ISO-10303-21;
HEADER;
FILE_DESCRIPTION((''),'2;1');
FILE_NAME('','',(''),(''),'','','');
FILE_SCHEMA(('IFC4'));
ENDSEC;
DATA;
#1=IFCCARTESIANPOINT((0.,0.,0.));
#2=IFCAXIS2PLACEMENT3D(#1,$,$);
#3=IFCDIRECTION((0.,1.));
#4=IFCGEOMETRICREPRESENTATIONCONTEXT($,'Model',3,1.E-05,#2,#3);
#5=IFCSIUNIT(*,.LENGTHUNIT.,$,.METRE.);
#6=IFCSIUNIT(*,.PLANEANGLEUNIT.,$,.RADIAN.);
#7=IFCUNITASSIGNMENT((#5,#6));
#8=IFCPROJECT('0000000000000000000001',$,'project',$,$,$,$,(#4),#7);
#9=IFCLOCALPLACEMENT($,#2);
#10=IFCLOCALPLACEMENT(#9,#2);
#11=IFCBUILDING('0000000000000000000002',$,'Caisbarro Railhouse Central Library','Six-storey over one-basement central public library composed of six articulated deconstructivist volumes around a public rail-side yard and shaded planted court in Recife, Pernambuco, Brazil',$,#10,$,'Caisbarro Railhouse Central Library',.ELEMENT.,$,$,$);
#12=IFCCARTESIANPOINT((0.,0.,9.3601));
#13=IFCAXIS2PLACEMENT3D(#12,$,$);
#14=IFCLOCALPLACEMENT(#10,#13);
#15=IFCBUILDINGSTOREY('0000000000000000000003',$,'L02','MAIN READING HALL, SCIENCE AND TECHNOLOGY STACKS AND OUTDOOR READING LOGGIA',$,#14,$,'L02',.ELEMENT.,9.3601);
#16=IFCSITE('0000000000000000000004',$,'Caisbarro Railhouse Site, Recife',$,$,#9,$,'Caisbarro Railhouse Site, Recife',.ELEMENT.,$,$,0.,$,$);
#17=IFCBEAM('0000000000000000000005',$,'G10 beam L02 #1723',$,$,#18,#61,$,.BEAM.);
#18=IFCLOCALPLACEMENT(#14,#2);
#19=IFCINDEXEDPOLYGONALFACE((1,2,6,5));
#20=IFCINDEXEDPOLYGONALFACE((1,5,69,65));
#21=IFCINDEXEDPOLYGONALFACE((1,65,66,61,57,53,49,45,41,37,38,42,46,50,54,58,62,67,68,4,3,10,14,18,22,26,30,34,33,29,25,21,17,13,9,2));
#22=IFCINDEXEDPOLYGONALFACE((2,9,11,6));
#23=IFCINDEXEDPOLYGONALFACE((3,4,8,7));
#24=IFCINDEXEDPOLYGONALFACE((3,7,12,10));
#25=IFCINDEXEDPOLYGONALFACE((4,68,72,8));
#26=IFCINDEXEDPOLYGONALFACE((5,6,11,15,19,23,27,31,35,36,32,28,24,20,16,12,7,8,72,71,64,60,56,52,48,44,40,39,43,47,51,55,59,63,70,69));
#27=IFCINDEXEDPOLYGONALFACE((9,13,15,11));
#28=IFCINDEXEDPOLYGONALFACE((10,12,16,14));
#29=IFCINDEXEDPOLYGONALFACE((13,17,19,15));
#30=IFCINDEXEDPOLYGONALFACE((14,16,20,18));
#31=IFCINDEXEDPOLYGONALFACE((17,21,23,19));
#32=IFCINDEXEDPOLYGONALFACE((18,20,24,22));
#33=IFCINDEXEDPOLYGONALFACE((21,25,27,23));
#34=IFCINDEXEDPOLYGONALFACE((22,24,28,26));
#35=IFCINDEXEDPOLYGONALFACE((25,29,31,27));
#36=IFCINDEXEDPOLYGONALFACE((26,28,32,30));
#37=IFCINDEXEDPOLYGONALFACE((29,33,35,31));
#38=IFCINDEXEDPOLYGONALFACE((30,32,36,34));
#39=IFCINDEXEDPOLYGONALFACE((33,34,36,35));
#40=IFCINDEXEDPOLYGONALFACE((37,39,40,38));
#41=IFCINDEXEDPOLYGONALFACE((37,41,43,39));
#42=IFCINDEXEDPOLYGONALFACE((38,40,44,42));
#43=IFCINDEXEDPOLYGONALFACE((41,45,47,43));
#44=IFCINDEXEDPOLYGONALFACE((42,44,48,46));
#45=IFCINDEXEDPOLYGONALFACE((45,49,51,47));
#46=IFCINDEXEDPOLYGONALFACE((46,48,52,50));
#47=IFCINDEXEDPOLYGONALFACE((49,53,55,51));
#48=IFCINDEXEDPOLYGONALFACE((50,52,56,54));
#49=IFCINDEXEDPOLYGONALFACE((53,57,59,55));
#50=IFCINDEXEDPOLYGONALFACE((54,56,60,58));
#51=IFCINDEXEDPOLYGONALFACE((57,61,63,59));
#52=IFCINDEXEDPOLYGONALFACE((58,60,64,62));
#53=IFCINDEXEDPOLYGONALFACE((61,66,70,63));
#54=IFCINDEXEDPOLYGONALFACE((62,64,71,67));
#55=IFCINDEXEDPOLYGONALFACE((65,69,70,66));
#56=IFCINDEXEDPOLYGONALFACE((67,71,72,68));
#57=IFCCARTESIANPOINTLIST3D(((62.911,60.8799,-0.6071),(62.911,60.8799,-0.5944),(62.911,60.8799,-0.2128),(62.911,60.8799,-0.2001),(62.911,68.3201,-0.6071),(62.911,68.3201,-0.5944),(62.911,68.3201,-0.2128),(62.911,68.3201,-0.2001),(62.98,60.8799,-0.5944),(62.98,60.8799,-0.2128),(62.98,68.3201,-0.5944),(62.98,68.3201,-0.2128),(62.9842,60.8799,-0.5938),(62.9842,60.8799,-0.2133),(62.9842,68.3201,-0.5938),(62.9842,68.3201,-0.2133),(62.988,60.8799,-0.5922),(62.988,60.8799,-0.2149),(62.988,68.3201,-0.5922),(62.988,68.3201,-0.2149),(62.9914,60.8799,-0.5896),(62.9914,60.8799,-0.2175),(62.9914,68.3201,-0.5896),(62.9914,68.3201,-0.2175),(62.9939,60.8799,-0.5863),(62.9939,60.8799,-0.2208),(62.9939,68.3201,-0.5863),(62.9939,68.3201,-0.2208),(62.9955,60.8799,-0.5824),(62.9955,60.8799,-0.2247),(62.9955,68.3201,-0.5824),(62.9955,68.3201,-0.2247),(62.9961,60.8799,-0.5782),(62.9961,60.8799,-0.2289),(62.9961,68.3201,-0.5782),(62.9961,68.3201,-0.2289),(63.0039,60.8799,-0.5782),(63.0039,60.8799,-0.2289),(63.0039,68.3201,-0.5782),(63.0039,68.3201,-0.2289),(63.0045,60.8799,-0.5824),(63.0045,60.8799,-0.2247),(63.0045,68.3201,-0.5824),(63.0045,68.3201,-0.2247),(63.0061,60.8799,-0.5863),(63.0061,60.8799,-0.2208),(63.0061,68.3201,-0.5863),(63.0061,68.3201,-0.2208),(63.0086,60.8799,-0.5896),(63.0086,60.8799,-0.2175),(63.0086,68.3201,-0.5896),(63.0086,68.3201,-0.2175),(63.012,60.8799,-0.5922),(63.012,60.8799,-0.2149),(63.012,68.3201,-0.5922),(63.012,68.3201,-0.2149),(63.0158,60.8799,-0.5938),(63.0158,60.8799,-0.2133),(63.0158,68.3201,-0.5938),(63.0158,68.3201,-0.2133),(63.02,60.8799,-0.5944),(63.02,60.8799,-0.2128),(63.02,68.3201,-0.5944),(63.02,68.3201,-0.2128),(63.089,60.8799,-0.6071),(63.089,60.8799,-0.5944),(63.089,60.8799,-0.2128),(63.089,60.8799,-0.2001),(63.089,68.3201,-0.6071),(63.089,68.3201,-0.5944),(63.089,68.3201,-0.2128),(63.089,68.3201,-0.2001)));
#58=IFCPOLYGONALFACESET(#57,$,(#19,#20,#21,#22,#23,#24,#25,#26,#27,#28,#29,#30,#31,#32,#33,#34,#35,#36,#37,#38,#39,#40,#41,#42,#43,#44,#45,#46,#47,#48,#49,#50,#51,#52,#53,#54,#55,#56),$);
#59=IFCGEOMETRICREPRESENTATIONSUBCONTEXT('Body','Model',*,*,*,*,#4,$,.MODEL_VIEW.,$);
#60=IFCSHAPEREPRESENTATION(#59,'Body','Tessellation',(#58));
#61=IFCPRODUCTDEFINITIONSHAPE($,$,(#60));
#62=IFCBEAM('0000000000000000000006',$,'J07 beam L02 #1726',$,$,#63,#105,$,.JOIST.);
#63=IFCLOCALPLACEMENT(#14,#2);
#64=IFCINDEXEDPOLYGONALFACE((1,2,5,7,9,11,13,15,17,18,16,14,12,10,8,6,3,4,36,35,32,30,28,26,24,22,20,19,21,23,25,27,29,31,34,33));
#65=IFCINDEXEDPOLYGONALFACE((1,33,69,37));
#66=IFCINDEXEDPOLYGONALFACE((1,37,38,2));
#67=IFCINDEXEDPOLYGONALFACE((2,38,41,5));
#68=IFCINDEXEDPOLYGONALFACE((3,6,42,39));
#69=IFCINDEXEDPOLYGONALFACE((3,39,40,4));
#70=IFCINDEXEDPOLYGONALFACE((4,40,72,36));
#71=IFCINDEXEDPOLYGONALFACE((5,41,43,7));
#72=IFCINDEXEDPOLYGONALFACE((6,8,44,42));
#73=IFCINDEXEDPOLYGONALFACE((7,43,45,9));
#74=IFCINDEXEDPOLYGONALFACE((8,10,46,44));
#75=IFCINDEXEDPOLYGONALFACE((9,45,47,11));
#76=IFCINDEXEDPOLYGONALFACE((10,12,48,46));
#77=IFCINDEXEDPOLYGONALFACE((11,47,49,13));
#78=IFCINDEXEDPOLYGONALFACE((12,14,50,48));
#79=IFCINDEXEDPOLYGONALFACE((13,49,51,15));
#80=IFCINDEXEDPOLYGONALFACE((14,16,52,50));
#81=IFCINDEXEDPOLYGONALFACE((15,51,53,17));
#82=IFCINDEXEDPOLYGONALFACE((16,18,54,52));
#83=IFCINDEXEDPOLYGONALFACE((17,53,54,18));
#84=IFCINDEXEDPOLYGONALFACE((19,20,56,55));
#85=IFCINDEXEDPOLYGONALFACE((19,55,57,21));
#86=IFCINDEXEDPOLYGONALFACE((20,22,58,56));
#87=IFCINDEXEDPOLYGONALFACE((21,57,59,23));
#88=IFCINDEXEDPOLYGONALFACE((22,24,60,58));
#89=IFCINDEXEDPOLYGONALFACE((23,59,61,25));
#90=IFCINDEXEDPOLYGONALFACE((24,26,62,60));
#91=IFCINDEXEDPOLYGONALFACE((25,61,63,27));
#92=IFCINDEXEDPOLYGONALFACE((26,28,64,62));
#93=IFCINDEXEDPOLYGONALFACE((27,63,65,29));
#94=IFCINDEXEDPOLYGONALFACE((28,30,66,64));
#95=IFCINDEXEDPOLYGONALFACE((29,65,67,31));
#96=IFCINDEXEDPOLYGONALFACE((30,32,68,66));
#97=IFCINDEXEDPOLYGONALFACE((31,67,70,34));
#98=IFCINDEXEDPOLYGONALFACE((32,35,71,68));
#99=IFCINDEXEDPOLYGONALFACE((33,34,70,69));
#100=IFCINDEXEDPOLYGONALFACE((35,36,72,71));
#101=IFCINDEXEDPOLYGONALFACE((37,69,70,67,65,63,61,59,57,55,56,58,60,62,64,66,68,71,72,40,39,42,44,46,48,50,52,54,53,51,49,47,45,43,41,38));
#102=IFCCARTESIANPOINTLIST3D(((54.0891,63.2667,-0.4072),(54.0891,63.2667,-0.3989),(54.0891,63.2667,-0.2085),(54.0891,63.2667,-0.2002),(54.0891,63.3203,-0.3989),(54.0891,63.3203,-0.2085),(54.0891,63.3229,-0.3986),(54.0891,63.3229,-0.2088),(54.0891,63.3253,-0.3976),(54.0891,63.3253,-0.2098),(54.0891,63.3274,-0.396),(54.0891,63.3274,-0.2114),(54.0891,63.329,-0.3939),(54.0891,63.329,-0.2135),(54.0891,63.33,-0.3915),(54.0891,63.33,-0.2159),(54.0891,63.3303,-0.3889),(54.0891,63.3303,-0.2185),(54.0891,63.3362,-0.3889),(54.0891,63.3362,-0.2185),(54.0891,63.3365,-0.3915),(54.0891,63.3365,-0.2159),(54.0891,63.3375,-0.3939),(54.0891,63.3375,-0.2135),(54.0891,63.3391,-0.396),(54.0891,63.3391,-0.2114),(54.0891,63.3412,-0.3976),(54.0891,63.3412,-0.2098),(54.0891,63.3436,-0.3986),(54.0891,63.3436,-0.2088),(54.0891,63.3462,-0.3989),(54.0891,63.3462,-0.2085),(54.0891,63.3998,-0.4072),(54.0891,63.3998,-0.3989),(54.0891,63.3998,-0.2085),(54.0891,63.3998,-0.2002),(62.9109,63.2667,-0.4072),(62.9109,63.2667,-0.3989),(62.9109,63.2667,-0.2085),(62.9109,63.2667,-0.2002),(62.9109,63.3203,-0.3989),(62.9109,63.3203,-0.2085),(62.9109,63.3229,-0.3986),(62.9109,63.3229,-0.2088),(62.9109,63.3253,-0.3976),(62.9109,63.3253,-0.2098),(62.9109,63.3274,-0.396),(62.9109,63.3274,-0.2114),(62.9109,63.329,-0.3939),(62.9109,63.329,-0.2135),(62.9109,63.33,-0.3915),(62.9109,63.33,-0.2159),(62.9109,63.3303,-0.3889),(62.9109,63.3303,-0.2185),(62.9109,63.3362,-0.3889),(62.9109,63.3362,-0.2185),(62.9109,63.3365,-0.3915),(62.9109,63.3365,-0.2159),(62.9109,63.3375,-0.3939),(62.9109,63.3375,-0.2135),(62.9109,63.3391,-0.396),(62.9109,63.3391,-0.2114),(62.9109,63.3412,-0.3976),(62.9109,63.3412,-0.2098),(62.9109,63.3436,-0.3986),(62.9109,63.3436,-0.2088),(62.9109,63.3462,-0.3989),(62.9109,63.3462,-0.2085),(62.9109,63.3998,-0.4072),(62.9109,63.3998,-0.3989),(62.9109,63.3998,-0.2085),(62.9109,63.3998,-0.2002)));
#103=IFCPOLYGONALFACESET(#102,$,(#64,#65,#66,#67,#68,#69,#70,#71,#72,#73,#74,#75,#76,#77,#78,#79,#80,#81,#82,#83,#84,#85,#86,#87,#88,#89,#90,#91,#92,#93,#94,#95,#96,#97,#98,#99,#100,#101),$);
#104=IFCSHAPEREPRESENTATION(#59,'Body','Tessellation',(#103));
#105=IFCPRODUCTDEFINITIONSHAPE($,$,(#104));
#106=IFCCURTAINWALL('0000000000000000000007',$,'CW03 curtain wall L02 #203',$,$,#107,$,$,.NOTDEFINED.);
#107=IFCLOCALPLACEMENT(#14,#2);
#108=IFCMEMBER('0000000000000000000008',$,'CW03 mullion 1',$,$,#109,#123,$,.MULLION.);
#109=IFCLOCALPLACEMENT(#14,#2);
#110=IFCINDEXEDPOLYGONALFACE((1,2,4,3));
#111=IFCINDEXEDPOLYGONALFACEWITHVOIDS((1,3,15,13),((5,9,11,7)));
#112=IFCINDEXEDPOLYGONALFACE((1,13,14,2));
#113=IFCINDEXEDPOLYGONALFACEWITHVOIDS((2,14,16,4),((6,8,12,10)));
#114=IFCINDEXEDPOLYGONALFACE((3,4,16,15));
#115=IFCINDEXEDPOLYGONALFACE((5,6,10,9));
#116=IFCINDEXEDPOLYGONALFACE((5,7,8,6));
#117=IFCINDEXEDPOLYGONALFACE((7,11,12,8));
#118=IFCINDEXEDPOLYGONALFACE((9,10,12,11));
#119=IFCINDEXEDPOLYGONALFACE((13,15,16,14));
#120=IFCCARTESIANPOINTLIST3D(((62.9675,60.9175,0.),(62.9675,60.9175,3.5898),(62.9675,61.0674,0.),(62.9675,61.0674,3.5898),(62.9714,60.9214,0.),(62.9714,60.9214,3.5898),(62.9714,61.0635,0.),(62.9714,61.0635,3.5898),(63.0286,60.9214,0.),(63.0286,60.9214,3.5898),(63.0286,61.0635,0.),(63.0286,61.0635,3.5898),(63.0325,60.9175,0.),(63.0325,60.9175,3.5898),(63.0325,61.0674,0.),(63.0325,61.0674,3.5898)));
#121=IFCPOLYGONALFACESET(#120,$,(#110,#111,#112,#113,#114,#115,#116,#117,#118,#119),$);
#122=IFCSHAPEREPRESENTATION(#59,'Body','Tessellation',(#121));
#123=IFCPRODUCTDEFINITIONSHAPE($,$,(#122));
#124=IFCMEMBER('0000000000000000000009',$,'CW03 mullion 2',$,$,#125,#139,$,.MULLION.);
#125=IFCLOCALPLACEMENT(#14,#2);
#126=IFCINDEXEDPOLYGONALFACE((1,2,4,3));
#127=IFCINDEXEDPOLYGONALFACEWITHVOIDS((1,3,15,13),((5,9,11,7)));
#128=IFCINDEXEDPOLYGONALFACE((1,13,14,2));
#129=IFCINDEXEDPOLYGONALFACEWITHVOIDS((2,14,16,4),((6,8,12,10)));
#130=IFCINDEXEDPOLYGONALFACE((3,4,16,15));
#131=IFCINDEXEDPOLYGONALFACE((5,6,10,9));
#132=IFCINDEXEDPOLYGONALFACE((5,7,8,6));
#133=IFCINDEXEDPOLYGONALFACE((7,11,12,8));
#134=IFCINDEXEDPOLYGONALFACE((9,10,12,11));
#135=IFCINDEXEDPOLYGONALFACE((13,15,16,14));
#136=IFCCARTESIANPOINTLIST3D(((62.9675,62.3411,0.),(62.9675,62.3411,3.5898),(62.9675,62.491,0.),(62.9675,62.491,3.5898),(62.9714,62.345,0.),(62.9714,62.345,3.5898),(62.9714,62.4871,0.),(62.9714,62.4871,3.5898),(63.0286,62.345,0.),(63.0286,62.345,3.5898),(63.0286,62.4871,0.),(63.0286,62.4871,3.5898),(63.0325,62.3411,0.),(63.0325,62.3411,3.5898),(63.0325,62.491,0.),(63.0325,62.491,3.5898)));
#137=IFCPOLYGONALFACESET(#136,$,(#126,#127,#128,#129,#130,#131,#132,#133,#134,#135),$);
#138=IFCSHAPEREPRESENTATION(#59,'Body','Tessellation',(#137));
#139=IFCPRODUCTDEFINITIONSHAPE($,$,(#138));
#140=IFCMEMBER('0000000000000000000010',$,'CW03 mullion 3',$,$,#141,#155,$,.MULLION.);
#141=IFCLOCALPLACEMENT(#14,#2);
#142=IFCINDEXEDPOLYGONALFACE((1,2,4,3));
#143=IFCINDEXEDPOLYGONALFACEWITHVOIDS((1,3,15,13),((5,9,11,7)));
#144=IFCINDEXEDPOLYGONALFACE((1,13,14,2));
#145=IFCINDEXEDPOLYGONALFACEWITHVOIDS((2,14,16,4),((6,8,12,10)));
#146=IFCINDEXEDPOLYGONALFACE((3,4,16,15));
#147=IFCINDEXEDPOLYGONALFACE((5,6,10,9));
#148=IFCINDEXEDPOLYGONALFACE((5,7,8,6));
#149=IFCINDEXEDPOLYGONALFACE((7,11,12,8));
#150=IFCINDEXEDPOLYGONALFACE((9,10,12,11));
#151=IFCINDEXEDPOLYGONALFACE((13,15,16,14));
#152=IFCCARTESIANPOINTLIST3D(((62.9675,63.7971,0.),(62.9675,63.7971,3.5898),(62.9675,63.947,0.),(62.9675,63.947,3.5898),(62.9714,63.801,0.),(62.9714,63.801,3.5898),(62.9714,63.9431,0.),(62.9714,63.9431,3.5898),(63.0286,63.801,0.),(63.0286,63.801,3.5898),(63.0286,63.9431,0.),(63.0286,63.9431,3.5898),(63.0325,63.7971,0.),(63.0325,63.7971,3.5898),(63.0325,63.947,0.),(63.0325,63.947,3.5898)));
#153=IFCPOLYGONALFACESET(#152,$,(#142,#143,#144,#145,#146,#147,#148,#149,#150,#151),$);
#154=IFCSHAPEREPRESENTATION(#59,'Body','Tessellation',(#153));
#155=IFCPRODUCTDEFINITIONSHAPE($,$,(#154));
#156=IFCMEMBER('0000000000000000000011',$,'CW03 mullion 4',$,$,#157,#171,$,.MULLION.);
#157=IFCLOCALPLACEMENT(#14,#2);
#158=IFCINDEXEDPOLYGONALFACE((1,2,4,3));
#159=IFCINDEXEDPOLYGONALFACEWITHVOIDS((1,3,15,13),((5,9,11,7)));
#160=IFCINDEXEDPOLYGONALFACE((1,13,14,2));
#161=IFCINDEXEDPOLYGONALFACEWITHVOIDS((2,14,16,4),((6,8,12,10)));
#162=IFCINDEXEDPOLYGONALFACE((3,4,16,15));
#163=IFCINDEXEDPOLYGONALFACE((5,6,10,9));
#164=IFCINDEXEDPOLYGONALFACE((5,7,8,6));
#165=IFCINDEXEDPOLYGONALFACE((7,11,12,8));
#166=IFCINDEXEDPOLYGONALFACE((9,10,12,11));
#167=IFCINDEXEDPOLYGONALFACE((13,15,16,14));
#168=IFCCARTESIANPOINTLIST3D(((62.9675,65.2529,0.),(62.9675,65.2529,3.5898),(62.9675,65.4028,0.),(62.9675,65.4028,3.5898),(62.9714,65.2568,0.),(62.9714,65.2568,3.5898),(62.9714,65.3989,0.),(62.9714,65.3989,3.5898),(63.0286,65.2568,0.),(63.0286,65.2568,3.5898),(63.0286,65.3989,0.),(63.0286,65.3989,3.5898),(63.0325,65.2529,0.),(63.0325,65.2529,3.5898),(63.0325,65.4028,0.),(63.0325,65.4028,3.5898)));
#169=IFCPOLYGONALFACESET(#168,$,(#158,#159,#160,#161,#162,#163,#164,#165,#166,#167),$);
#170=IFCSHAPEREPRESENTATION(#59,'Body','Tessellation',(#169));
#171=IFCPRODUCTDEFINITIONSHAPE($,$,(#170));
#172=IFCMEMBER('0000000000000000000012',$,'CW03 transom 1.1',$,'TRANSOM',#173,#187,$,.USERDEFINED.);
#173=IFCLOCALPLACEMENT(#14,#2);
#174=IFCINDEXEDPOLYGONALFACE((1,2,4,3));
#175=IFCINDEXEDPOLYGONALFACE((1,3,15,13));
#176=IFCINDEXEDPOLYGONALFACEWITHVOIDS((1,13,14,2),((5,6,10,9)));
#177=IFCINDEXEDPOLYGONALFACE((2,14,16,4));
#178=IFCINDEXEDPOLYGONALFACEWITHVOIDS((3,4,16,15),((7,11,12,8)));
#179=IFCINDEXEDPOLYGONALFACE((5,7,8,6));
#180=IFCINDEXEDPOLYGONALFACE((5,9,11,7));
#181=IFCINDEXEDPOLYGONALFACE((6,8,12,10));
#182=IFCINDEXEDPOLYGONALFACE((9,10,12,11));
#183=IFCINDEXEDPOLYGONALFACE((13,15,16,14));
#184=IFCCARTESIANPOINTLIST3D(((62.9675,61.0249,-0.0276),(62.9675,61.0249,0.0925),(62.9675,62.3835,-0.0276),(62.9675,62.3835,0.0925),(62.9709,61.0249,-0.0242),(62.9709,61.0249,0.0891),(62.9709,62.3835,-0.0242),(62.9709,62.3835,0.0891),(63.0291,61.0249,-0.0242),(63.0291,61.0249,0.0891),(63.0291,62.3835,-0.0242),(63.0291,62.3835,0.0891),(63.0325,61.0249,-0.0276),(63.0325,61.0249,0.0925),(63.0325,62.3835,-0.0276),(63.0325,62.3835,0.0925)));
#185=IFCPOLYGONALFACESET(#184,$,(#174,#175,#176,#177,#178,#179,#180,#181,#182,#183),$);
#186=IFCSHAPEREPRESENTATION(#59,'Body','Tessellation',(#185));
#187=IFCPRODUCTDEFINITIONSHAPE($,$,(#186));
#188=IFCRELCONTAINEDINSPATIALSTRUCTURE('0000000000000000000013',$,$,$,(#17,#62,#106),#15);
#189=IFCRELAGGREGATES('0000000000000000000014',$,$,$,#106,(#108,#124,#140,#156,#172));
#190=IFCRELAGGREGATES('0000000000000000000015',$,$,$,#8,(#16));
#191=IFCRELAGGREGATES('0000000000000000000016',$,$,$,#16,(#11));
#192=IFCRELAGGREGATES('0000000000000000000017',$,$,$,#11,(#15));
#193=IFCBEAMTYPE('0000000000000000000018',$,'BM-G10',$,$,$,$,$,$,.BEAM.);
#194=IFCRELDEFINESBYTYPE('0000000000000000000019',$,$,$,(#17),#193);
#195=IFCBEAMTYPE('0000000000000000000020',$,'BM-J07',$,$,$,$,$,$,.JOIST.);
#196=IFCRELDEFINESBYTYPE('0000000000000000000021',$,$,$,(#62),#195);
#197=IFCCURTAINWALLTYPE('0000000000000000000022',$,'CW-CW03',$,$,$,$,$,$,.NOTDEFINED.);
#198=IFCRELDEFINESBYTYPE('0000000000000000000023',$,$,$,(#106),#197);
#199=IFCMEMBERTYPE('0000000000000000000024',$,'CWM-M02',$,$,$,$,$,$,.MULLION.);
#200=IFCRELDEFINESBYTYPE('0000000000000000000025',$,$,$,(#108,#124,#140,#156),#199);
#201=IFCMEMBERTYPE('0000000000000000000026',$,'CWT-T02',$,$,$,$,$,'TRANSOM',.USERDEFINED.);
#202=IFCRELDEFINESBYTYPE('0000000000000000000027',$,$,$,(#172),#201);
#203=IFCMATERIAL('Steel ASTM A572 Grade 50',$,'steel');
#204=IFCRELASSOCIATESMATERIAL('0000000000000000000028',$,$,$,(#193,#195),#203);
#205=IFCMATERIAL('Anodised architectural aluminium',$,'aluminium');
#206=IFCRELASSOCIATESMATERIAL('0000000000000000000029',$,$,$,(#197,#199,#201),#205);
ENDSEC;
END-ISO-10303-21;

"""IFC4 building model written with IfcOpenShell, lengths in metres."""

from ifc_helpers import new_model, si_unit, direction, frame, origin, origin_2d, place, context, subcontext, project, spatial, hollow_rectangle, i_section, extrude, material, material_profile, profile_set, type_object, element, aggregate, save


model = new_model("IFC4")

# Units and contexts
model_context = context("Model", 3, precision=1e-05, world=origin(), true_north=direction((0.0, 1.0)))
body_context = subcontext(model_context, "Body", "Model", "MODEL_VIEW")
ifc_project = project(units=[si_unit("LENGTHUNIT", "METRE"), si_unit("PLANEANGLEUNIT", "RADIAN")], contexts=[model_context])

# Site, building, storey
site_placement = place(None, origin())
site = spatial("IfcSite", under=ifc_project, at=site_placement, Name="Caisbarro Railhouse Site, Recife", LongName="Caisbarro Railhouse Site, Recife", CompositionType="ELEMENT", RefElevation=0.0)
building_placement = place(site_placement, origin())
building = spatial("IfcBuilding", under=site, at=building_placement, Name="Caisbarro Railhouse Central Library", Description="Six-storey over one-basement central public library composed of six articulated deconstructivist volumes around a public rail-side yard and shaded planted court in Recife, Pernambuco, Brazil", LongName="Caisbarro Railhouse Central Library", CompositionType="ELEMENT")
storey_placement = place(building_placement, frame((0.0, 0.0, 9.3601)))
storey = spatial("IfcBuildingStorey", under=building, at=storey_placement, Name="L02", Description="MAIN READING HALL, SCIENCE AND TECHNOLOGY STACKS AND OUTDOOR READING LOGGIA", LongName="L02", CompositionType="ELEMENT", Elevation=9.3601)

# Beams
ifc_material_1 = material(Name="Steel ASTM A572 Grade 50", Category="steel")
ifc_material_profile_1 = material_profile(ifc_material_1, i_section(OverallWidth=0.178, OverallDepth=0.407, WebThickness=0.0078, FlangeThickness=0.0127, FilletRadius=0.0161, at=origin_2d()), Name="W410X60.0")
ifc_profile_set_1 = profile_set([ifc_material_profile_1], Name="Steel ASTM A572 Grade 50")
beam_type_1 = type_object("IfcBeamType", Name="BM-G10", PredefinedType="BEAM", material=ifc_profile_set_1)
beam_1_placement = place(storey_placement, frame((63.0, 60.8799, -0.4036), z_axis=(0.0, 1.0, 0.0), x_axis=(-1.0, 0.0, 0.0)))
element("IfcBeam", 1, at=beam_1_placement, inside=storey, type_object=beam_type_1, Name="G10 beam L02 #1723", PredefinedType="BEAM", context=body_context, shape_type="SweptSolid", body=[
    extrude(i_section(OverallWidth=0.178, OverallDepth=0.407, WebThickness=0.0078, FlangeThickness=0.0127, FilletRadius=0.0161, at=origin_2d()), origin(), (0.0, 0.0, 1.0), 7.4402),
])
ifc_material_profile_2 = material_profile(ifc_material_1, i_section(OverallWidth=0.1331, OverallDepth=0.207, WebThickness=0.0059, FlangeThickness=0.0083, FilletRadius=0.01, at=origin_2d()), Name="W200X26.6")
ifc_profile_set_2 = profile_set([ifc_material_profile_2], Name="Steel ASTM A572 Grade 50")
beam_type_2 = type_object("IfcBeamType", Name="BM-J07", PredefinedType="JOIST", material=ifc_profile_set_2)
beam_2_placement = place(storey_placement, frame((54.0891, 63.3333, -0.3037), z_axis=(1.0, 0.0, 0.0), x_axis=(0.0, 1.0, 0.0)))
element("IfcBeam", 2, at=beam_2_placement, inside=storey, type_object=beam_type_2, Name="J07 beam L02 #1726", PredefinedType="JOIST", context=body_context, shape_type="SweptSolid", body=[
    extrude(i_section(OverallWidth=0.1331, OverallDepth=0.207, WebThickness=0.0059, FlangeThickness=0.0083, FilletRadius=0.01, at=origin_2d()), origin(), (0.0, 0.0, 1.0), 8.8218),
])

# Curtain wall, members
ifc_material_2 = material(Name="Anodised architectural aluminium", Category="aluminium")
curtain_wall_type = type_object("IfcCurtainWallType", Name="CW-CW03", PredefinedType="NOTDEFINED", material=ifc_material_2)
curtain_wall_placement = place(storey_placement, origin())
curtain_wall = element("IfcCurtainWall", 3, at=curtain_wall_placement, inside=storey, type_object=curtain_wall_type, Name="CW03 curtain wall L02 #203", PredefinedType="NOTDEFINED")
ifc_material_profile_3 = material_profile(ifc_material_2, hollow_rectangle(XDim=0.0649, YDim=0.1499, WallThickness=0.0039, at=origin_2d()), Name="ALU-MUL-65X150")
ifc_profile_set_3 = profile_set([ifc_material_profile_3], Name="Anodised architectural aluminium")
member_type_1 = type_object("IfcMemberType", Name="CWM-M02", PredefinedType="MULLION", material=ifc_profile_set_3)
member_1_placement = place(storey_placement, frame((63.0, 60.9924, 0.0), z_axis=(0.0, 0.0, 1.0), x_axis=(-1.0, 0.0, 0.0)))
member_1 = element("IfcMember", 4, at=member_1_placement, type_object=member_type_1, Name="CW03 mullion 1", PredefinedType="MULLION", context=body_context, shape_type="SweptSolid", body=[
    extrude(hollow_rectangle(XDim=0.0649, YDim=0.1499, WallThickness=0.0039, at=origin_2d()), origin(), (0.0, 0.0, 1.0), 3.5898),
])
member_2_placement = place(storey_placement, frame((63.0, 62.416, 0.0), z_axis=(0.0, 0.0, 1.0), x_axis=(-1.0, 0.0, 0.0)))
member_2 = element("IfcMember", 5, at=member_2_placement, type_object=member_type_1, Name="CW03 mullion 2", PredefinedType="MULLION", context=body_context, shape_type="SweptSolid", body=[
    extrude(hollow_rectangle(XDim=0.0649, YDim=0.1499, WallThickness=0.0039, at=origin_2d()), origin(), (0.0, 0.0, 1.0), 3.5898),
])
member_3_placement = place(storey_placement, frame((63.0, 63.8721, 0.0), z_axis=(0.0, 0.0, 1.0), x_axis=(-1.0, 0.0, 0.0)))
member_3 = element("IfcMember", 6, at=member_3_placement, type_object=member_type_1, Name="CW03 mullion 3", PredefinedType="MULLION", context=body_context, shape_type="SweptSolid", body=[
    extrude(hollow_rectangle(XDim=0.0649, YDim=0.1499, WallThickness=0.0039, at=origin_2d()), origin(), (0.0, 0.0, 1.0), 3.5898),
])
member_4_placement = place(storey_placement, frame((63.0, 65.3279, 0.0), z_axis=(0.0, 0.0, 1.0), x_axis=(-1.0, 0.0, 0.0)))
member_4 = element("IfcMember", 7, at=member_4_placement, type_object=member_type_1, Name="CW03 mullion 4", PredefinedType="MULLION", context=body_context, shape_type="SweptSolid", body=[
    extrude(hollow_rectangle(XDim=0.0649, YDim=0.1499, WallThickness=0.0039, at=origin_2d()), origin(), (0.0, 0.0, 1.0), 3.5898),
])
ifc_material_profile_4 = material_profile(ifc_material_2, hollow_rectangle(XDim=0.0649, YDim=0.1201, WallThickness=0.0034, at=origin_2d()), Name="ALU-TRN-65X120")
ifc_profile_set_4 = profile_set([ifc_material_profile_4], Name="Anodised architectural aluminium")
member_type_2 = type_object("IfcMemberType", Name="CWT-T02", ElementType="TRANSOM", PredefinedType="USERDEFINED", material=ifc_profile_set_4)
member_5_placement = place(storey_placement, frame((63.0, 61.0249, 0.0325), z_axis=(0.0, 1.0, 0.0), x_axis=(-1.0, 0.0, 0.0)))
member_5 = element("IfcMember", 8, at=member_5_placement, type_object=member_type_2, Name="CW03 transom 1.1", ObjectType="TRANSOM", PredefinedType="USERDEFINED", context=body_context, shape_type="SweptSolid", body=[
    extrude(hollow_rectangle(XDim=0.0649, YDim=0.1201, WallThickness=0.0034, at=origin_2d()), origin(), (0.0, 0.0, 1.0), 1.3586),
])
aggregate(curtain_wall, [member_1, member_2, member_3, member_4, member_5])

save(model, "model.ifc")
